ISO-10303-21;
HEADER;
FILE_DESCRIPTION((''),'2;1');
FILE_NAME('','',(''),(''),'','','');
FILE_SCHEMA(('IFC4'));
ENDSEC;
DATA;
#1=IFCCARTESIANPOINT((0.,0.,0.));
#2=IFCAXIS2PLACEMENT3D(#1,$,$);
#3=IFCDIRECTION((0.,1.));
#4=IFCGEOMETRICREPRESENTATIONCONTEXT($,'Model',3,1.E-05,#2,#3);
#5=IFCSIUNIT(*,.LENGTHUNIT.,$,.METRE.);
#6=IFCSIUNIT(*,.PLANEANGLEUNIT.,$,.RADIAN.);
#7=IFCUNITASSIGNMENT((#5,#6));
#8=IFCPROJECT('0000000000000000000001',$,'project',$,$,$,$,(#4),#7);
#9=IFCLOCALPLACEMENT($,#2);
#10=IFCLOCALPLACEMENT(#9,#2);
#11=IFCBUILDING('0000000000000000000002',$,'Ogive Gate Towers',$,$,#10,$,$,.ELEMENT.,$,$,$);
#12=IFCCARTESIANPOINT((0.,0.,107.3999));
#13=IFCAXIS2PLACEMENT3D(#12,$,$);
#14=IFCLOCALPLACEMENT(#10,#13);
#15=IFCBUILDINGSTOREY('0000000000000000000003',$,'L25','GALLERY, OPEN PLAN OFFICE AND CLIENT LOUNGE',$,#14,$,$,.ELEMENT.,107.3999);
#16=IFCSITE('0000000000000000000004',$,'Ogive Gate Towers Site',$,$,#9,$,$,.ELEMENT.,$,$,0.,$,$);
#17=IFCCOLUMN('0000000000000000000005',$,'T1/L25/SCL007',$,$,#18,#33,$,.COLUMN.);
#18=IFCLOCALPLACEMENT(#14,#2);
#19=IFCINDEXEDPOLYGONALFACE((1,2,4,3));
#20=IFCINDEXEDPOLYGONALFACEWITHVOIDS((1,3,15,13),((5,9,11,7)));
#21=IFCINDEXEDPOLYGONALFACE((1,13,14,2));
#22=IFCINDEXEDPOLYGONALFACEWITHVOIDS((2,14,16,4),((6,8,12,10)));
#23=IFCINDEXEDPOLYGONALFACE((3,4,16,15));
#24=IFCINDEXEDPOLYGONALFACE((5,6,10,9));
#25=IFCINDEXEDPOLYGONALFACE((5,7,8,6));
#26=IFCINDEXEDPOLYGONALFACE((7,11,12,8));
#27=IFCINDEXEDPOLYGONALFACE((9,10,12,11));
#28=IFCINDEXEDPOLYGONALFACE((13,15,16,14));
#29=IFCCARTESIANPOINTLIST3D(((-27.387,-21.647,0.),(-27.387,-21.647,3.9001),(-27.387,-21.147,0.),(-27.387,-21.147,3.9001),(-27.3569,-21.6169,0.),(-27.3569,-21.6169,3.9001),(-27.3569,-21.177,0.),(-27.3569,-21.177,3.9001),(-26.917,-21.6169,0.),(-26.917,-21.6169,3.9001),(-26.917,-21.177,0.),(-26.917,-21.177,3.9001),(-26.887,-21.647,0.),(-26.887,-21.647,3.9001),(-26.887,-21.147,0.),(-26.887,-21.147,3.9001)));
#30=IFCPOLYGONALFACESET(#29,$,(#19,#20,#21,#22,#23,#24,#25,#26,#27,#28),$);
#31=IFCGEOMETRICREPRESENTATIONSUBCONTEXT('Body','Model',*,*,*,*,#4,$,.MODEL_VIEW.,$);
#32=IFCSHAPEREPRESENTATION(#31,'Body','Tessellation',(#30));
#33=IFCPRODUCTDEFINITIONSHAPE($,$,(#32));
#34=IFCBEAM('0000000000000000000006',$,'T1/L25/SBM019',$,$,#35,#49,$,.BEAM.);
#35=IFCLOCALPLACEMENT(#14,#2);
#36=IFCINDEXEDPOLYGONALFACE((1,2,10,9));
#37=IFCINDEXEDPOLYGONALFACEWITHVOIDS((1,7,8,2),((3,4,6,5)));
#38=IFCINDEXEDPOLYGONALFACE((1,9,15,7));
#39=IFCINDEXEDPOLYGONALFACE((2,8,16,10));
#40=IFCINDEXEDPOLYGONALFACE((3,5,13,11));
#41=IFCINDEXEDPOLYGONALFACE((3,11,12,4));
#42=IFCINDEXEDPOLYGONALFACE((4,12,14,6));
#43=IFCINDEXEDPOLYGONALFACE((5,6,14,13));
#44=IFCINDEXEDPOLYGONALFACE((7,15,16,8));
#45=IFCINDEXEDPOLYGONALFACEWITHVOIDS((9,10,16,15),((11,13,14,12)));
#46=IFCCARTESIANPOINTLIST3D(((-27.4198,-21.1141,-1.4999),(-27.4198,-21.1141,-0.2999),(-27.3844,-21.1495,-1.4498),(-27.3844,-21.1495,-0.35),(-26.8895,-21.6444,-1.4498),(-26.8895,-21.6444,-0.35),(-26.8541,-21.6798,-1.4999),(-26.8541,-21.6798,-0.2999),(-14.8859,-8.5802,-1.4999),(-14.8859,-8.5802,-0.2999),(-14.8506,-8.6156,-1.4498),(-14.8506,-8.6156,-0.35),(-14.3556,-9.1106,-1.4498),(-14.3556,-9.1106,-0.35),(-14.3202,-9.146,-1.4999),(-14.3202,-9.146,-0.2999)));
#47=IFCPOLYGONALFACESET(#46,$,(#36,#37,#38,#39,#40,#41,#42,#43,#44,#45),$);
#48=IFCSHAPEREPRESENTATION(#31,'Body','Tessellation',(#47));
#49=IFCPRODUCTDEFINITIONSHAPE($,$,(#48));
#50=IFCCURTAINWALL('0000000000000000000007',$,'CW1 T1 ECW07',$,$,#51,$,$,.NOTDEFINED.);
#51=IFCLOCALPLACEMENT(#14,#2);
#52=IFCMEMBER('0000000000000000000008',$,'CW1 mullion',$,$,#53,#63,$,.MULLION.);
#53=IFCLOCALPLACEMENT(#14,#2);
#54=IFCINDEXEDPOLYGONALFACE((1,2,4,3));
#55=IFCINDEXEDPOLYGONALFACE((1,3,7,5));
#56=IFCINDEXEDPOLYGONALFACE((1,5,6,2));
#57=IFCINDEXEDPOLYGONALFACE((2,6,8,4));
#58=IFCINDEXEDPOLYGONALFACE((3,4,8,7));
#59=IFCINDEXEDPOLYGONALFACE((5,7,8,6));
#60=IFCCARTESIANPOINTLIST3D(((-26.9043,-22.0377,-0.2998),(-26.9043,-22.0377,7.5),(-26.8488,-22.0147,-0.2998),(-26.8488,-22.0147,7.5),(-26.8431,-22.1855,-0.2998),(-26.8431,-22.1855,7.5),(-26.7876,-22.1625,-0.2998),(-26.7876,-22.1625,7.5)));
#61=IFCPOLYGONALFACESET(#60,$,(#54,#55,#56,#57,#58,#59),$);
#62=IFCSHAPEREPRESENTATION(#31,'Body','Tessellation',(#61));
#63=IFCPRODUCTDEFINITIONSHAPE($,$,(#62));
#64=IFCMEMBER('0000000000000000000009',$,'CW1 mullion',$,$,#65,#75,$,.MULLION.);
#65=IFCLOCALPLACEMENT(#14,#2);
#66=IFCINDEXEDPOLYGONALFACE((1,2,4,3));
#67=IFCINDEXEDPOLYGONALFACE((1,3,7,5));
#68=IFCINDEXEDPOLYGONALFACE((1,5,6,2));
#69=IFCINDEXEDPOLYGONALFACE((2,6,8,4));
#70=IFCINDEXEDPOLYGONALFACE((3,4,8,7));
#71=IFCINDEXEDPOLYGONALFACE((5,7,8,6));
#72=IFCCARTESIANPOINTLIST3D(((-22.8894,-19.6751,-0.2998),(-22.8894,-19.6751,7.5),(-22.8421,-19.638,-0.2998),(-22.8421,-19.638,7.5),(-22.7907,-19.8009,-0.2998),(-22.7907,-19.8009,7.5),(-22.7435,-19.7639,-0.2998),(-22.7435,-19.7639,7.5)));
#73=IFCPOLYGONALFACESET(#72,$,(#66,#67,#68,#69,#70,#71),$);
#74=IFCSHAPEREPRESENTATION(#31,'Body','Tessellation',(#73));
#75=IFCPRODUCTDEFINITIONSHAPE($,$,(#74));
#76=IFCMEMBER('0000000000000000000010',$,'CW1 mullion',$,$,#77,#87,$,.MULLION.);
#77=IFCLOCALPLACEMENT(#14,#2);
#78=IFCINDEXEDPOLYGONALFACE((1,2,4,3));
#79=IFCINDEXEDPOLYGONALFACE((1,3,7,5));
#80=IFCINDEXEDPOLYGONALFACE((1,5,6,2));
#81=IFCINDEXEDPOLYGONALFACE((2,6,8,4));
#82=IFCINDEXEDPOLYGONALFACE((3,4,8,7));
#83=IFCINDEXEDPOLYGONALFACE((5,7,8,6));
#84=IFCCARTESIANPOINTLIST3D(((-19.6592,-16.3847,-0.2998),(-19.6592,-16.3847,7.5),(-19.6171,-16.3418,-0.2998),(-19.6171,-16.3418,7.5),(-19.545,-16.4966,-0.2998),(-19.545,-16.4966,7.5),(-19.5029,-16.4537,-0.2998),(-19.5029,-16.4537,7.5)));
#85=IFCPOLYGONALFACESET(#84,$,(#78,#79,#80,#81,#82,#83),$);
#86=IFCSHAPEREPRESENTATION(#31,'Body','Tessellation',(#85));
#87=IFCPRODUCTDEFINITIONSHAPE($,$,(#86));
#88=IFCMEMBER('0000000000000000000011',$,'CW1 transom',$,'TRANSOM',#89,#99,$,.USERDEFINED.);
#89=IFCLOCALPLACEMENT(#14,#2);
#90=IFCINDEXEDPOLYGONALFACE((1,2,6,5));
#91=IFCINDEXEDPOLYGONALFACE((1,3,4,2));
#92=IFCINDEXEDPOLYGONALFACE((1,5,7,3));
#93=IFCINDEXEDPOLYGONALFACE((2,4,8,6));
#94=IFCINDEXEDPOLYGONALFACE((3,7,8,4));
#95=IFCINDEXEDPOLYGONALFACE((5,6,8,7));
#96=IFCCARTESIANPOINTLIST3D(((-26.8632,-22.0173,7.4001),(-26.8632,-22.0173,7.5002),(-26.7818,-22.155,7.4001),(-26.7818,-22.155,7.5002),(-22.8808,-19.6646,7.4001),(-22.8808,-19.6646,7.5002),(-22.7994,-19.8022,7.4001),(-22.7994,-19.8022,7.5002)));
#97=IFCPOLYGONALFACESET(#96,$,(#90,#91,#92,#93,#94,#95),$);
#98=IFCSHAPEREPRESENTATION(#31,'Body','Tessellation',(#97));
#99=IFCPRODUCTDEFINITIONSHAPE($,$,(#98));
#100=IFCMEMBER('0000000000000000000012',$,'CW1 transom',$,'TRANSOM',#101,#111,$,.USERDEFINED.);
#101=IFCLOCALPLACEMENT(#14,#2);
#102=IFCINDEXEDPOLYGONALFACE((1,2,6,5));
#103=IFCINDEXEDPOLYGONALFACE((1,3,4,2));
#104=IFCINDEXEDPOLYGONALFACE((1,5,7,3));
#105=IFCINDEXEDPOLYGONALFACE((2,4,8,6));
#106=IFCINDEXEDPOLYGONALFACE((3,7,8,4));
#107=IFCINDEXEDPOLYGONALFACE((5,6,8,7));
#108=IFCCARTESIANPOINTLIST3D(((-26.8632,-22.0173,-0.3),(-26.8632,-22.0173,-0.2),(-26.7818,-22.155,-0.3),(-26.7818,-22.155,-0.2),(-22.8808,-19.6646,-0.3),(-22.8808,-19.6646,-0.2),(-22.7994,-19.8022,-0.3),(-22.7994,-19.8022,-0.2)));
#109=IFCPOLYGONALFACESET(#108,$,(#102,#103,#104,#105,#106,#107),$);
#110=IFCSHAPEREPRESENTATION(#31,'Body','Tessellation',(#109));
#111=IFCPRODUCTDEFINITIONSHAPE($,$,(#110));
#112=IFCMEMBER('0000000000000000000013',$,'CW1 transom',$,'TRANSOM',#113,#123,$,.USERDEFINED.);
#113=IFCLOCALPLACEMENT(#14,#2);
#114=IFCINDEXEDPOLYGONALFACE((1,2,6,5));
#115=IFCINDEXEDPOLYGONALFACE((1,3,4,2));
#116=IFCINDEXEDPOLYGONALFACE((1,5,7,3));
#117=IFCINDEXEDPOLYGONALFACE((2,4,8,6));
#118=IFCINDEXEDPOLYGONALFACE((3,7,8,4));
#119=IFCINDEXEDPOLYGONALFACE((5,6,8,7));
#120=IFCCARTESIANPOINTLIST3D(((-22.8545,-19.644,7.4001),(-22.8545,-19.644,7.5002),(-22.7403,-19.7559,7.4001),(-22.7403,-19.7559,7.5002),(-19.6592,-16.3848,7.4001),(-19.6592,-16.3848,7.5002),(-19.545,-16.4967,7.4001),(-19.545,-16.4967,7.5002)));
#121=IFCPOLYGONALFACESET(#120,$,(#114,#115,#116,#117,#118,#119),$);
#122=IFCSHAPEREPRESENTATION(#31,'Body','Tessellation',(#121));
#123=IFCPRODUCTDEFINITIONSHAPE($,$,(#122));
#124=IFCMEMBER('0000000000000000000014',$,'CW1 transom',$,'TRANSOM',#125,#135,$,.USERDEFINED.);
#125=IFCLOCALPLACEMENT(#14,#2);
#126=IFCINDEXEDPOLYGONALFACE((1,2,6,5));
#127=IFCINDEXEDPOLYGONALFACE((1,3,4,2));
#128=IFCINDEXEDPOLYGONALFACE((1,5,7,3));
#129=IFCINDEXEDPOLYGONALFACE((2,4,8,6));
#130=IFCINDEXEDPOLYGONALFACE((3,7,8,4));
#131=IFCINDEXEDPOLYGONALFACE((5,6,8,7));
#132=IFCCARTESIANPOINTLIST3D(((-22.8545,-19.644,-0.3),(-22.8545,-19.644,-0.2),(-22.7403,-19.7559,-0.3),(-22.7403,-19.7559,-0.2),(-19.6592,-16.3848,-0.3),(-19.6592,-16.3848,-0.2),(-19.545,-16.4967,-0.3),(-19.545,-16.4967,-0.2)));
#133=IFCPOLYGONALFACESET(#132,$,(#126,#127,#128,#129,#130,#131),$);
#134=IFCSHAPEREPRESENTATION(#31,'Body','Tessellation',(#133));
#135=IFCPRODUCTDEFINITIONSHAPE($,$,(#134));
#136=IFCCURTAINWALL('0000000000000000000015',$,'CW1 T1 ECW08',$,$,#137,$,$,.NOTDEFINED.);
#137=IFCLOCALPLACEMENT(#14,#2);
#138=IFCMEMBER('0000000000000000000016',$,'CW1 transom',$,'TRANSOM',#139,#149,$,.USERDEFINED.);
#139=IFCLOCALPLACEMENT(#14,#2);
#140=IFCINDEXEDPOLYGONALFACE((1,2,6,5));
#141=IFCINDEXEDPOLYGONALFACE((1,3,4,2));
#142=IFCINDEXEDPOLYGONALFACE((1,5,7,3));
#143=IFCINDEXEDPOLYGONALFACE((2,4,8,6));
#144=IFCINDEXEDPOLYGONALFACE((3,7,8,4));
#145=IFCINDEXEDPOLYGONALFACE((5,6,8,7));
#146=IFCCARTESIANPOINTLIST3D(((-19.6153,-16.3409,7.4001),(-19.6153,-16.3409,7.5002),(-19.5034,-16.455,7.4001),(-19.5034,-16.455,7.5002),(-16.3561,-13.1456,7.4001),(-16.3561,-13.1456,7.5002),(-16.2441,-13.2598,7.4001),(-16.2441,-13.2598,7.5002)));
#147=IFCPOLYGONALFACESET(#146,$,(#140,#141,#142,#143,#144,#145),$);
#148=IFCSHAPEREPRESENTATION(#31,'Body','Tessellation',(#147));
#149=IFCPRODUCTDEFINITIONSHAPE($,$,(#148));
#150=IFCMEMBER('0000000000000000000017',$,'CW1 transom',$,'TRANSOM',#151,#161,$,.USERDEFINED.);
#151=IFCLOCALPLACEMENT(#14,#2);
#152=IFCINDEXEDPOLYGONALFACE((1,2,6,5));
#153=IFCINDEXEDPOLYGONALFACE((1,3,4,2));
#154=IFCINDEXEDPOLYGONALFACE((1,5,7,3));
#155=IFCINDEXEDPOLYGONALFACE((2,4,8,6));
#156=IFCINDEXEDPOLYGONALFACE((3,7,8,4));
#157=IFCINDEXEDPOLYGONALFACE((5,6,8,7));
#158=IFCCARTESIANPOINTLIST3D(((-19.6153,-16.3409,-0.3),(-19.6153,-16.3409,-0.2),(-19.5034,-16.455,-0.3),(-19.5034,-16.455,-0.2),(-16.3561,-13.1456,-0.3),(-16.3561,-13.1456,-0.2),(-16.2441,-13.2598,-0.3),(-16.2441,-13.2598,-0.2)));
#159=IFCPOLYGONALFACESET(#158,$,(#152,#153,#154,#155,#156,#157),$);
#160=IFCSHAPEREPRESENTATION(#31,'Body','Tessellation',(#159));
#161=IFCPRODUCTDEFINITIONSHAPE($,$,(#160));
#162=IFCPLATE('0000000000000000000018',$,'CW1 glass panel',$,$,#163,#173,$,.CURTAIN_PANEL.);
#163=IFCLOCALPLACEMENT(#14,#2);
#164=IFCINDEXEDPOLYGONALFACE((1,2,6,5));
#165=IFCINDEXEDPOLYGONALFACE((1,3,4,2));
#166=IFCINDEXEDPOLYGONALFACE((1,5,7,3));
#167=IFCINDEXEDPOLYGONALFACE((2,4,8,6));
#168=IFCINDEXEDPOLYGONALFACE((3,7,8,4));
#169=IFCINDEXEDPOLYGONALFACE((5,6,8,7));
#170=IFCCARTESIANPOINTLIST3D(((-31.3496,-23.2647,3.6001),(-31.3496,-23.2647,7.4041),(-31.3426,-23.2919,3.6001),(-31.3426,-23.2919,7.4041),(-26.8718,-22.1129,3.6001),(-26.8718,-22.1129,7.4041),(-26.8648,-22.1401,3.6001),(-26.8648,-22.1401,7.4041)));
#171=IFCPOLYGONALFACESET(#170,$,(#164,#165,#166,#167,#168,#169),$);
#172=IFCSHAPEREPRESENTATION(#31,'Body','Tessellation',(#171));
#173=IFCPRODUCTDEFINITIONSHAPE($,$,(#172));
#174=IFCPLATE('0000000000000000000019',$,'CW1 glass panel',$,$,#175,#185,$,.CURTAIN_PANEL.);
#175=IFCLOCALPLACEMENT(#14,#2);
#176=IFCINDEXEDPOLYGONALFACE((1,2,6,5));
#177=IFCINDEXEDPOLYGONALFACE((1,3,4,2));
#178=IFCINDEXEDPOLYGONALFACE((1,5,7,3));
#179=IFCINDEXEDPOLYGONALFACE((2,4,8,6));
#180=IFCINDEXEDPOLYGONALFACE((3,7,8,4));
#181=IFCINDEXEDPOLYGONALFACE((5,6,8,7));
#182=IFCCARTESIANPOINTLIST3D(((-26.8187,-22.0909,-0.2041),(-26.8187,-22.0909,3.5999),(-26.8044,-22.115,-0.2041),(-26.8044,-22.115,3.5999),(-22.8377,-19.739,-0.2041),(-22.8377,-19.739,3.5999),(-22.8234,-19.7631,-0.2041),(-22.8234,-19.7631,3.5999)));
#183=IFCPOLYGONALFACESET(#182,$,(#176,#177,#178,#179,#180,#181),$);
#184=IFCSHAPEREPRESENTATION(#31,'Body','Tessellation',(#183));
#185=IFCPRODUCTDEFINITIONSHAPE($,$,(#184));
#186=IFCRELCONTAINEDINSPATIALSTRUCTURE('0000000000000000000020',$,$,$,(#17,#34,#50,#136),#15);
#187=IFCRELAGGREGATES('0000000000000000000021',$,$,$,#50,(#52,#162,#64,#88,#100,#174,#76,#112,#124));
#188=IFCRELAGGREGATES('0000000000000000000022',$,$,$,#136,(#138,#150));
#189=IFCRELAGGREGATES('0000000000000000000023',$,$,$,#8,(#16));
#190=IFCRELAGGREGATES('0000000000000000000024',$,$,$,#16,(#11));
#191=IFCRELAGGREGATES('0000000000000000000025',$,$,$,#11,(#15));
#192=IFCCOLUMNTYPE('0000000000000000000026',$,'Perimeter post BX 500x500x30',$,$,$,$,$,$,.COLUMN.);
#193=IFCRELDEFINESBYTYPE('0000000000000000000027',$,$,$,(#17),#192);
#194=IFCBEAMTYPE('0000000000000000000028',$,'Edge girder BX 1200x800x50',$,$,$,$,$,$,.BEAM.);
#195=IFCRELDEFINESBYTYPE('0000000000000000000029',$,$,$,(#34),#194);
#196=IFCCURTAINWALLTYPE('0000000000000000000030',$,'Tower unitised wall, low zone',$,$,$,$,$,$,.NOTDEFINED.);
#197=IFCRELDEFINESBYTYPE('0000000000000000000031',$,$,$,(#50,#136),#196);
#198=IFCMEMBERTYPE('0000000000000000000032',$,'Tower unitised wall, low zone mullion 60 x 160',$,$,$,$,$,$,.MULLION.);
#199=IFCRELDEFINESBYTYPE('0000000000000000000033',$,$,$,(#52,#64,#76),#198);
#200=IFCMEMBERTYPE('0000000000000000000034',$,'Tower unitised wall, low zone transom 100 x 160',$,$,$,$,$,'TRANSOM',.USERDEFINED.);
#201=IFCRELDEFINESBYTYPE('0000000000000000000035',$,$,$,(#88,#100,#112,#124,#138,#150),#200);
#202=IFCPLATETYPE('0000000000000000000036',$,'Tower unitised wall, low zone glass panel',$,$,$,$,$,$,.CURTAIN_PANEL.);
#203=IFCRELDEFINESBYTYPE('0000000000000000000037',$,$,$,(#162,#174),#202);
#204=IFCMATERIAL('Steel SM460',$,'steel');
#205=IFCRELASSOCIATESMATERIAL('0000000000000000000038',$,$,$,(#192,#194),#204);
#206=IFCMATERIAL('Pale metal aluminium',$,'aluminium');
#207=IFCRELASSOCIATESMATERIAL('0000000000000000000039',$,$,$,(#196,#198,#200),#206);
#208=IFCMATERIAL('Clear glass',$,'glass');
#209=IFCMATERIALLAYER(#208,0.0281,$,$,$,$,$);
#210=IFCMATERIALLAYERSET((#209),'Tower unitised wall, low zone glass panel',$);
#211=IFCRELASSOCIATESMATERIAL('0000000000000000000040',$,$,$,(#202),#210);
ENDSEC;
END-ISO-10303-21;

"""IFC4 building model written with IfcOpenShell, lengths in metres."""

from ifc_helpers import new_model, si_unit, direction, frame, origin, origin_2d, place, context, subcontext, project, spatial, rectangle, hollow_rectangle, extrude, material, layer, layer_set, material_profile, profile_set, type_object, element, aggregate, save


model = new_model("IFC4")

# Units and contexts
model_context = context("Model", 3, precision=1e-05, world=origin(), true_north=direction((0.0, 1.0)))
body_context = subcontext(model_context, "Body", "Model", "MODEL_VIEW")
ifc_project = project(units=[si_unit("LENGTHUNIT", "METRE"), si_unit("PLANEANGLEUNIT", "RADIAN")], contexts=[model_context])

# Site, building, storey
site_placement = place(None, origin())
site = spatial("IfcSite", under=ifc_project, at=site_placement, Name="Ogive Gate Towers Site", CompositionType="ELEMENT", RefElevation=0.0)
building_placement = place(site_placement, origin())
building = spatial("IfcBuilding", under=site, at=building_placement, Name="Ogive Gate Towers", CompositionType="ELEMENT")
storey_placement = place(building_placement, frame((0.0, 0.0, 107.3999)))
storey = spatial("IfcBuildingStorey", under=building, at=storey_placement, Name="L25", Description="GALLERY, OPEN PLAN OFFICE AND CLIENT LOUNGE", CompositionType="ELEMENT", Elevation=107.3999)

# Column
ifc_material_1 = material(Name="Steel SM460", Category="steel")
ifc_material_profile_1 = material_profile(ifc_material_1, hollow_rectangle(XDim=0.5, YDim=0.5, WallThickness=0.03, at=origin_2d()), Name="BX 500x500x30")
ifc_profile_set_1 = profile_set([ifc_material_profile_1], Name="Steel SM460")
column_type = type_object("IfcColumnType", Name="Perimeter post BX 500x500x30", PredefinedType="COLUMN", material=ifc_profile_set_1)
column_placement = place(storey_placement, frame((-27.137, -21.397, 0.0), z_axis=(0.0, 0.0, 1.0), x_axis=(1.0, 0.0, 0.0)))
element("IfcColumn", 1, at=column_placement, inside=storey, type_object=column_type, Name="T1/L25/SCL007", PredefinedType="COLUMN", context=body_context, shape_type="SweptSolid", body=[
    extrude(hollow_rectangle(XDim=0.5, YDim=0.5, WallThickness=0.03, at=origin_2d()), origin(), (0.0, 0.0, 1.0), 3.9001),
])

# Beam
ifc_material_profile_2 = material_profile(ifc_material_1, hollow_rectangle(XDim=0.8, YDim=1.2, WallThickness=0.05, at=origin_2d()), Name="BX 1200x800x50")
ifc_profile_set_2 = profile_set([ifc_material_profile_2], Name="Steel SM460")
beam_type = type_object("IfcBeamType", Name="Edge girder BX 1200x800x50", PredefinedType="BEAM", material=ifc_profile_set_2)
beam_placement = place(storey_placement, frame((-27.137, -21.397, -0.8999), z_axis=(0.707107, 0.707107, 0.0), x_axis=(-0.707107, 0.707107, 0.0)))
element("IfcBeam", 2, at=beam_placement, inside=storey, type_object=beam_type, Name="T1/L25/SBM019", PredefinedType="BEAM", context=body_context, shape_type="SweptSolid", body=[
    extrude(hollow_rectangle(XDim=0.8, YDim=1.2, WallThickness=0.05, at=origin_2d()), origin(), (0.0, 0.0, 1.0), 17.7256),
])

# Curtain walls, members
ifc_material_2 = material(Name="Pale metal aluminium", Category="aluminium")
curtain_wall_type = type_object("IfcCurtainWallType", Name="Tower unitised wall, low zone", PredefinedType="NOTDEFINED", material=ifc_material_2)
curtain_wall_1_placement = place(storey_placement, origin())
curtain_wall_1 = element("IfcCurtainWall", 3, at=curtain_wall_1_placement, inside=storey, type_object=curtain_wall_type, Name="CW1 T1 ECW07", PredefinedType="NOTDEFINED")
ifc_material_profile_3 = material_profile(ifc_material_2, rectangle(XDim=0.1599, YDim=0.0601, at=origin_2d()), Name="60 x 160 aluminium box")
ifc_profile_set_3 = profile_set([ifc_material_profile_3], Name="Pale metal aluminium")
member_type_1 = type_object("IfcMemberType", Name="Tower unitised wall, low zone mullion 60 x 160", PredefinedType="MULLION", material=ifc_profile_set_3)
member_1_placement = place(storey_placement, frame((-26.8459, -22.1001, -0.2998), z_axis=(0.0, 0.0, 1.0), x_axis=(0.382683, -0.92388, 0.0)))
member_1 = element("IfcMember", 4, at=member_1_placement, type_object=member_type_1, Name="CW1 mullion", PredefinedType="MULLION", context=body_context, shape_type="SweptSolid", body=[
    extrude(rectangle(XDim=0.1599, YDim=0.0601, at=origin_2d()), origin(), (0.0, 0.0, 1.0), 7.7998),
])
member_2_placement = place(storey_placement, frame((-22.8164, -19.7195, -0.2998), z_axis=(0.0, 0.0, 1.0), x_axis=(0.616637, -0.787247, 0.0)))
member_2 = element("IfcMember", 5, at=member_2_placement, type_object=member_type_1, Name="CW1 mullion", PredefinedType="MULLION", context=body_context, shape_type="SweptSolid", body=[
    extrude(rectangle(XDim=0.1599, YDim=0.0601, at=origin_2d()), origin(), (0.0, 0.0, 1.0), 7.7998),
])
member_3_placement = place(storey_placement, frame((-19.5811, -16.4192, -0.2998), z_axis=(0.0, 0.0, 1.0), x_axis=(0.714082, -0.700062, 0.0)))
member_3 = element("IfcMember", 6, at=member_3_placement, type_object=member_type_1, Name="CW1 mullion", PredefinedType="MULLION", context=body_context, shape_type="SweptSolid", body=[
    extrude(rectangle(XDim=0.1599, YDim=0.0601, at=origin_2d()), origin(), (0.0, 0.0, 1.0), 7.7998),
])
ifc_material_profile_4 = material_profile(ifc_material_2, rectangle(XDim=0.1599, YDim=0.1001, at=origin_2d()), Name="100 x 160 aluminium box")
ifc_profile_set_4 = profile_set([ifc_material_profile_4], Name="Pale metal aluminium")
member_type_2 = type_object("IfcMemberType", Name="Tower unitised wall, low zone transom 100 x 160", ElementType="TRANSOM", PredefinedType="USERDEFINED", material=ifc_profile_set_4)
member_4_placement = place(storey_placement, frame((-26.8225, -22.0862, 7.4502), z_axis=(0.860971, 0.508655, 0.0), x_axis=(-0.508655, 0.860971, 0.0)))
member_4 = element("IfcMember", 7, at=member_4_placement, type_object=member_type_2, Name="CW1 transom", ObjectType="TRANSOM", PredefinedType="USERDEFINED", context=body_context, shape_type="SweptSolid", body=[
    extrude(rectangle(XDim=0.1599, YDim=0.1001, at=origin_2d()), origin(), (0.0, 0.0, 1.0), 4.6255),
])
member_5_placement = place(storey_placement, frame((-26.8225, -22.0862, -0.25), z_axis=(0.860971, 0.508655, 0.0), x_axis=(-0.508655, 0.860971, 0.0)))
member_5 = element("IfcMember", 8, at=member_5_placement, type_object=member_type_2, Name="CW1 transom", ObjectType="TRANSOM", PredefinedType="USERDEFINED", context=body_context, shape_type="SweptSolid", body=[
    extrude(rectangle(XDim=0.1599, YDim=0.1001, at=origin_2d()), origin(), (0.0, 0.0, 1.0), 4.6255),
])
member_6_placement = place(storey_placement, frame((-22.7974, -19.7, 7.4502), z_axis=(0.700065, 0.714079, 0.0), x_axis=(-0.714079, 0.700065, 0.0)))
member_6 = element("IfcMember", 9, at=member_6_placement, type_object=member_type_2, Name="CW1 transom", ObjectType="TRANSOM", PredefinedType="USERDEFINED", context=body_context, shape_type="SweptSolid", body=[
    extrude(rectangle(XDim=0.1599, YDim=0.1001, at=origin_2d()), origin(), (0.0, 0.0, 1.0), 4.5642),
])
member_7_placement = place(storey_placement, frame((-22.7974, -19.7, -0.25), z_axis=(0.700065, 0.714079, 0.0), x_axis=(-0.714079, 0.700065, 0.0)))
member_7 = element("IfcMember", 10, at=member_7_placement, type_object=member_type_2, Name="CW1 transom", ObjectType="TRANSOM", PredefinedType="USERDEFINED", context=body_context, shape_type="SweptSolid", body=[
    extrude(rectangle(XDim=0.1599, YDim=0.1001, at=origin_2d()), origin(), (0.0, 0.0, 1.0), 4.5642),
])
curtain_wall_2_placement = place(storey_placement, origin())
curtain_wall_2 = element("IfcCurtainWall", 11, at=curtain_wall_2_placement, inside=storey, type_object=curtain_wall_type, Name="CW1 T1 ECW08", PredefinedType="NOTDEFINED")
member_8_placement = place(storey_placement, frame((-19.5593, -16.3979, 7.4502), z_axis=(0.714079, 0.700065, 0.0), x_axis=(-0.700065, 0.714079, 0.0)))
member_8 = element("IfcMember", 12, at=member_8_placement, type_object=member_type_2, Name="CW1 transom", ObjectType="TRANSOM", PredefinedType="USERDEFINED", context=body_context, shape_type="SweptSolid", body=[
    extrude(rectangle(XDim=0.1599, YDim=0.1001, at=origin_2d()), origin(), (0.0, 0.0, 1.0), 4.5642),
])
member_9_placement = place(storey_placement, frame((-19.5593, -16.3979, -0.25), z_axis=(0.714079, 0.700065, 0.0), x_axis=(-0.700065, 0.714079, 0.0)))
member_9 = element("IfcMember", 13, at=member_9_placement, type_object=member_type_2, Name="CW1 transom", ObjectType="TRANSOM", PredefinedType="USERDEFINED", context=body_context, shape_type="SweptSolid", body=[
    extrude(rectangle(XDim=0.1599, YDim=0.1001, at=origin_2d()), origin(), (0.0, 0.0, 1.0), 4.5642),
])

# Plates
ifc_material_3 = material(Name="Clear glass", Category="glass")
ifc_layer_1 = layer(ifc_material_3, 0.0281)
ifc_layer_set_1 = layer_set([ifc_layer_1], Name="Tower unitised wall, low zone glass panel")
plate_type = type_object("IfcPlateType", Name="Tower unitised wall, low zone glass panel", PredefinedType="CURTAIN_PANEL", material=ifc_layer_set_1)
plate_1_placement = place(storey_placement, frame((-29.1072, -22.7024, 3.6001), z_axis=(0.0, 0.0, 1.0), x_axis=(0.96847, 0.249129, 0.0)))
plate_1 = element("IfcPlate", 14, at=plate_1_placement, type_object=plate_type, Name="CW1 glass panel", PredefinedType="CURTAIN_PANEL", context=body_context, shape_type="SweptSolid", body=[
    extrude(rectangle(XDim=4.6235, YDim=0.0281, at=origin_2d()), origin(), (0.0, 0.0, 1.0), 3.804),
])
plate_2_placement = place(storey_placement, frame((-24.821, -20.927, -0.2041), z_axis=(0.0, 0.0, 1.0), x_axis=(0.860973, 0.508651, 0.0)))
plate_2 = element("IfcPlate", 15, at=plate_2_placement, type_object=plate_type, Name="CW1 glass panel", PredefinedType="CURTAIN_PANEL", context=body_context, shape_type="SweptSolid", body=[
    extrude(rectangle(XDim=4.6238, YDim=0.0281, at=origin_2d()), origin(), (0.0, 0.0, 1.0), 3.804),
])
aggregate(curtain_wall_1, [member_1, plate_1, member_2, member_4, member_5, plate_2, member_3, member_6, member_7])
aggregate(curtain_wall_2, [member_8, member_9])

save(model, "model.ifc")
